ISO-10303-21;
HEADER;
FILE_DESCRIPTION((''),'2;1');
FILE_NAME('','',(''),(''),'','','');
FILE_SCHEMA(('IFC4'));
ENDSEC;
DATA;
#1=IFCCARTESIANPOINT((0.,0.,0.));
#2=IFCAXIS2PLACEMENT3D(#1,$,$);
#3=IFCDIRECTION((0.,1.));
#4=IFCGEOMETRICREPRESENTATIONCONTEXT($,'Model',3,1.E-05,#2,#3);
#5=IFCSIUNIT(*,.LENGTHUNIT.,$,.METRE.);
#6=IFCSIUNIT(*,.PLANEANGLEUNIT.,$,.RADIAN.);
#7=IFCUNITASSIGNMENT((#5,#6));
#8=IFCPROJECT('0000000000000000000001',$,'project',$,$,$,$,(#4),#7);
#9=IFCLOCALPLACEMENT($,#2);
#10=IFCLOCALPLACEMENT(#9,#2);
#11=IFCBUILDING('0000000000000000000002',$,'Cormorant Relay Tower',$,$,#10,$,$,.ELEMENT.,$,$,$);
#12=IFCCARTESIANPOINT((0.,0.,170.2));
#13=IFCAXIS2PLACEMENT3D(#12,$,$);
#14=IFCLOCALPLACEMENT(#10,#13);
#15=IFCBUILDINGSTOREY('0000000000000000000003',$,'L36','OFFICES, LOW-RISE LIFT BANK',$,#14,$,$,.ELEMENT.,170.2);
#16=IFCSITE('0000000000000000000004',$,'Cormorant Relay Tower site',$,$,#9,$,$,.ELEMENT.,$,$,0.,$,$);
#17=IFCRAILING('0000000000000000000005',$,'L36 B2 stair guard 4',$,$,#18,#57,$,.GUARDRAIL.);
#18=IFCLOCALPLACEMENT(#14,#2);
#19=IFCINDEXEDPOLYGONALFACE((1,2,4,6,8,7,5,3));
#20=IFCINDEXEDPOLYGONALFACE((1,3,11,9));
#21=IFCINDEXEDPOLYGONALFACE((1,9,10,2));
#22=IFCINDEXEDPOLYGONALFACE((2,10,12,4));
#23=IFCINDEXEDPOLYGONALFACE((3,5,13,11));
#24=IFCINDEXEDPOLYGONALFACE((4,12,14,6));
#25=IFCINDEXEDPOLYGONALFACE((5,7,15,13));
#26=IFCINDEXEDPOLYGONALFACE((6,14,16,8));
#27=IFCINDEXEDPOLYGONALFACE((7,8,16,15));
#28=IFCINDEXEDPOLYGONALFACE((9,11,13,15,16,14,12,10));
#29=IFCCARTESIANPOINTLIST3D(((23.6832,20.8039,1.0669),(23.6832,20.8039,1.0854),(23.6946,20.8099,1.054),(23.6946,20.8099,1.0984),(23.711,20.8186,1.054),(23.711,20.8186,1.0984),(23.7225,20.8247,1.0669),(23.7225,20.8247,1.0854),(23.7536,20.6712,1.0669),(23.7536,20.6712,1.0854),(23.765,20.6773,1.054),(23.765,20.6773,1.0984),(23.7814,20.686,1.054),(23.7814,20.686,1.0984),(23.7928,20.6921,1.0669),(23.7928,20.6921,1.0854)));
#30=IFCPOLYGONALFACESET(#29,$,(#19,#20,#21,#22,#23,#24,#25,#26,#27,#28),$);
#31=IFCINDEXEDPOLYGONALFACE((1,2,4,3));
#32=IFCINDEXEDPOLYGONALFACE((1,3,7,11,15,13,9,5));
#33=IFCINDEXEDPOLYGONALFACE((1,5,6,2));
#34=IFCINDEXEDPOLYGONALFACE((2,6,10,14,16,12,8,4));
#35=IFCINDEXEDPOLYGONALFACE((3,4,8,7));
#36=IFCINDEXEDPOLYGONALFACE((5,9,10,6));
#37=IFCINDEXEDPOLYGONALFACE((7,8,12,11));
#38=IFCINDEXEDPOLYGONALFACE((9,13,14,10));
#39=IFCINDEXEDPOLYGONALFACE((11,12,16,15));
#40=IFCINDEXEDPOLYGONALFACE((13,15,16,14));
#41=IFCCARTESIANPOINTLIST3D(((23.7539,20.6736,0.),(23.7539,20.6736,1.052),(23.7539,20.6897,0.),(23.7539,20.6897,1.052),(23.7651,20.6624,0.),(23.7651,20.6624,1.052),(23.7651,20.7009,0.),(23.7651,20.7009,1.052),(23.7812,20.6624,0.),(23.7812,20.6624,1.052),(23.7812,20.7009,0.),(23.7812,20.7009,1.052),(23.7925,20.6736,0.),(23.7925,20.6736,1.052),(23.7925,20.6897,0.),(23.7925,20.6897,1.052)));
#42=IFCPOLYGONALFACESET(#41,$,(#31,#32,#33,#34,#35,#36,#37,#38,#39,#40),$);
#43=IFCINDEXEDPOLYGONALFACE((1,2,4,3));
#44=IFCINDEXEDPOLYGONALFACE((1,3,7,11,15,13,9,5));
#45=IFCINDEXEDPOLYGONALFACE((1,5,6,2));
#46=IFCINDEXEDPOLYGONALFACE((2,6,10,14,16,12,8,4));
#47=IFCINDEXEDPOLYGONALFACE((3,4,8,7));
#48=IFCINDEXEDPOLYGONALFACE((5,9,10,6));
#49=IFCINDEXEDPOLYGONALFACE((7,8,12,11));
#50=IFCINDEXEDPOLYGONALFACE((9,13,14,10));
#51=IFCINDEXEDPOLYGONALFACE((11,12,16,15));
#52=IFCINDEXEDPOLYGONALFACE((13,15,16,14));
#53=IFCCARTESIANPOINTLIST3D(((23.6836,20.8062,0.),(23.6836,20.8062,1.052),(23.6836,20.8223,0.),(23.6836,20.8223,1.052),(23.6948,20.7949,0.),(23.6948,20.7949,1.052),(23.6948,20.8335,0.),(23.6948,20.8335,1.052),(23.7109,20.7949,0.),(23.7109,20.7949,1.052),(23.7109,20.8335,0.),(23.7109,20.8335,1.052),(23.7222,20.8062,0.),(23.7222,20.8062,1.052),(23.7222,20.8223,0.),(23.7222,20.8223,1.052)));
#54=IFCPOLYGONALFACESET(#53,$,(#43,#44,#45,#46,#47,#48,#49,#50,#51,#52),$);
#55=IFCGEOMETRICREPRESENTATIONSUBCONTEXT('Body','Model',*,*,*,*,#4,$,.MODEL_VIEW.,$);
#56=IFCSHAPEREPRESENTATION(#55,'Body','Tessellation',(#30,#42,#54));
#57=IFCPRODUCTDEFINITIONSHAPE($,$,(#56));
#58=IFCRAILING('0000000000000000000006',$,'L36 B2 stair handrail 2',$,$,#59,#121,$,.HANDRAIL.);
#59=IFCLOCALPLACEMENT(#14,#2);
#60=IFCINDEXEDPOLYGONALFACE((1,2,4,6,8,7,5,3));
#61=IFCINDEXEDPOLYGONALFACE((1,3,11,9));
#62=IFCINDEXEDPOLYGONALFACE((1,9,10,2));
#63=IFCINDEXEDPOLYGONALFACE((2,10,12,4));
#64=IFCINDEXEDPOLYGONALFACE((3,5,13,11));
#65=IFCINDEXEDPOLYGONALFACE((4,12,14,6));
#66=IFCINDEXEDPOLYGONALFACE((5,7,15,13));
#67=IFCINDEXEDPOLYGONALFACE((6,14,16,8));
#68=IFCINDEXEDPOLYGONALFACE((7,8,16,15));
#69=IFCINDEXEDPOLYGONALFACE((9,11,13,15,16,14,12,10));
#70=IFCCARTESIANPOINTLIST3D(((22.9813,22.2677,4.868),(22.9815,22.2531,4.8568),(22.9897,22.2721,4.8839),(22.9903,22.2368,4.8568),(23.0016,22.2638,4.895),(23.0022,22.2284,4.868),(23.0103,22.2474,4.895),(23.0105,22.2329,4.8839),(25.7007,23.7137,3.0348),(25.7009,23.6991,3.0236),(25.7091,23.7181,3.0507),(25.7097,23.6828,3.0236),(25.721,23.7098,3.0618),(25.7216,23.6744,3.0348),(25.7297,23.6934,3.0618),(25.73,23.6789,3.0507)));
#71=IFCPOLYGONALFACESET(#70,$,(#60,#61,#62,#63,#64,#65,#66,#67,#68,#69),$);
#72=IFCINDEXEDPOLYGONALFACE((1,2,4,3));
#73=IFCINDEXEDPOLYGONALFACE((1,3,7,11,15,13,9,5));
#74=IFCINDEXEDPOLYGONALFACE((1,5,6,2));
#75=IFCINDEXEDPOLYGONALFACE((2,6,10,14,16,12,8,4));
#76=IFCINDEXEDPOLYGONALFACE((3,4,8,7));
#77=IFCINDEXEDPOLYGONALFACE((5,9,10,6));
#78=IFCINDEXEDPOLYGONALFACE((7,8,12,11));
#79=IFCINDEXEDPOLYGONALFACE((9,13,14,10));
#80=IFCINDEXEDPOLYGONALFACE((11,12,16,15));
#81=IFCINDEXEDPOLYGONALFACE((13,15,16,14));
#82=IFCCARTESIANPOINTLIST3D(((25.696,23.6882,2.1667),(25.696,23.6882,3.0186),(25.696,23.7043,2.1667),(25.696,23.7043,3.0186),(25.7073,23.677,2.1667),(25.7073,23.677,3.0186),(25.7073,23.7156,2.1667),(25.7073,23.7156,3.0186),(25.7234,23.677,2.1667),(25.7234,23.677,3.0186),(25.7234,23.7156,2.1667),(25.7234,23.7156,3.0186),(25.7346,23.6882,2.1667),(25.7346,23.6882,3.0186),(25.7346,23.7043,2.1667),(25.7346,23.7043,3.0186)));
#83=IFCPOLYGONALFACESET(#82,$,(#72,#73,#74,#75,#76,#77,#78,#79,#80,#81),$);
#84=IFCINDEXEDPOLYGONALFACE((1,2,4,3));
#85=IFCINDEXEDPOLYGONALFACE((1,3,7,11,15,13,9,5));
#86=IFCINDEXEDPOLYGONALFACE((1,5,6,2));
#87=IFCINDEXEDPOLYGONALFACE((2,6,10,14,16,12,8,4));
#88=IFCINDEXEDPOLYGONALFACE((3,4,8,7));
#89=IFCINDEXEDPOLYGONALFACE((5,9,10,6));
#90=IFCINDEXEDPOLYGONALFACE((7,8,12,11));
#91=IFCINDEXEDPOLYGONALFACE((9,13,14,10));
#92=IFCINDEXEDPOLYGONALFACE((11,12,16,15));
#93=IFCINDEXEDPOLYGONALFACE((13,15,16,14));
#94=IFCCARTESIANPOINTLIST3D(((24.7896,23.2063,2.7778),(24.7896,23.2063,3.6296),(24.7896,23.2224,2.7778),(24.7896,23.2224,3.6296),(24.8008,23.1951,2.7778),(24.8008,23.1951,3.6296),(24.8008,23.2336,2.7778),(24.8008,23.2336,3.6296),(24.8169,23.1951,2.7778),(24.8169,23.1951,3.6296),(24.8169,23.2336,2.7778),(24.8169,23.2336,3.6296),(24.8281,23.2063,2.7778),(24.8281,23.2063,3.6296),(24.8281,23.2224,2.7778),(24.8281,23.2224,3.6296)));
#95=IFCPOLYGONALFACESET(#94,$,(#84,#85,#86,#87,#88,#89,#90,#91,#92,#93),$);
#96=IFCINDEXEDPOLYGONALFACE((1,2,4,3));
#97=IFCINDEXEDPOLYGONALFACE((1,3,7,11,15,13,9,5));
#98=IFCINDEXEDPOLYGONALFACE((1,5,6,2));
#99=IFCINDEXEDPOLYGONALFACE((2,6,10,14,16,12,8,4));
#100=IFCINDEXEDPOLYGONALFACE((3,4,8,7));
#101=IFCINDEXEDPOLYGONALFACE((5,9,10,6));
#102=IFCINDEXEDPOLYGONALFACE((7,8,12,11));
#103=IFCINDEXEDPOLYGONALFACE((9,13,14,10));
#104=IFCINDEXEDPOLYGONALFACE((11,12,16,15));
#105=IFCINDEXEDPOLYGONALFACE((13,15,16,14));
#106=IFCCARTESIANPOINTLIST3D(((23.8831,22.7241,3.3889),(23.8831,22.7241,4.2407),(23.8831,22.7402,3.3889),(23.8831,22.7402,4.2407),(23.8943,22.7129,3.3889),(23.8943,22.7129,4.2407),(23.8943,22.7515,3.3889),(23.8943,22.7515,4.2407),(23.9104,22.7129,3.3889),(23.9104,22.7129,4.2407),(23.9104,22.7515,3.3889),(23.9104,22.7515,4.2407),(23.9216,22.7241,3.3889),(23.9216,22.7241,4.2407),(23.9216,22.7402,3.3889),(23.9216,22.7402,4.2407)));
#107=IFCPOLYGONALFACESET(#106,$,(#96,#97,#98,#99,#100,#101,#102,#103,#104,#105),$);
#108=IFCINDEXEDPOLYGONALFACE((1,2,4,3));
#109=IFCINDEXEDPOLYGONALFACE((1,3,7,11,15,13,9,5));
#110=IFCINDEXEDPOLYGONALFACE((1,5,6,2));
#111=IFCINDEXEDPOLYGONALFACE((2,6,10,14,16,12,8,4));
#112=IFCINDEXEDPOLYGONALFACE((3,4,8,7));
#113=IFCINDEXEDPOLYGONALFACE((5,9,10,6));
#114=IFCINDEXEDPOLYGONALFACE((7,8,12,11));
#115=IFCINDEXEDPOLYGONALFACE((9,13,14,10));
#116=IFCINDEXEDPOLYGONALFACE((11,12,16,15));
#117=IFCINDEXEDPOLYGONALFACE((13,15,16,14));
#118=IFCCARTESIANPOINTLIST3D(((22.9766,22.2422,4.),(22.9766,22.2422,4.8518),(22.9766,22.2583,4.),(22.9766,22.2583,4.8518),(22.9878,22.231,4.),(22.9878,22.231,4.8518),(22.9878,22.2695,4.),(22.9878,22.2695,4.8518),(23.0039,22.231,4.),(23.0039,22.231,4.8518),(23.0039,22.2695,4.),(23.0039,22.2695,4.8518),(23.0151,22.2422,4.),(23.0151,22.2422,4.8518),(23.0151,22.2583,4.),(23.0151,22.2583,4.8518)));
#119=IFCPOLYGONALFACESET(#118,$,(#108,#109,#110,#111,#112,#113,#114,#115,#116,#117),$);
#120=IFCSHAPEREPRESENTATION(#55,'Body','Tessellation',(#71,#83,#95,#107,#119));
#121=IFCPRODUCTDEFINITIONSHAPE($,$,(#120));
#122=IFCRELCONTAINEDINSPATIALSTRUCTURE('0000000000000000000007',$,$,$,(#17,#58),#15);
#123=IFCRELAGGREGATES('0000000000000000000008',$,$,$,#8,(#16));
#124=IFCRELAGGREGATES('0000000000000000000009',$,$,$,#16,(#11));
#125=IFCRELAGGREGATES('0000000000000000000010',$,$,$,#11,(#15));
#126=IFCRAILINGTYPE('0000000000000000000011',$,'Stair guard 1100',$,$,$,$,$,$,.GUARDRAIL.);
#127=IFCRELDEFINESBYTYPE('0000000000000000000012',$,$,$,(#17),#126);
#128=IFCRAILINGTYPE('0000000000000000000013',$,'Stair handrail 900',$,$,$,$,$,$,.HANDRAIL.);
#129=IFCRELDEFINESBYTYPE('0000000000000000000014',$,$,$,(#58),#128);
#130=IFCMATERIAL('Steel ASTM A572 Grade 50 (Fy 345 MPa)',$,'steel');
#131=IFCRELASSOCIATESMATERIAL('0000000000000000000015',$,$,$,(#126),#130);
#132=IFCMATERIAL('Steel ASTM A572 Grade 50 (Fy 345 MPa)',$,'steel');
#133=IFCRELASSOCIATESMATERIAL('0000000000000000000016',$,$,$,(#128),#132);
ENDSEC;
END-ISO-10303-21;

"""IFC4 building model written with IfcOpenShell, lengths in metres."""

from ifc_helpers import new_model, si_unit, direction, frame, origin, place, context, subcontext, project, spatial, polyline, outline, extrude, material, type_object, element, save


model = new_model("IFC4")

# Units and contexts
model_context = context("Model", 3, precision=1e-05, world=origin(), true_north=direction((0.0, 1.0)))
body_context = subcontext(model_context, "Body", "Model", "MODEL_VIEW")
ifc_project = project(units=[si_unit("LENGTHUNIT", "METRE"), si_unit("PLANEANGLEUNIT", "RADIAN")], contexts=[model_context])

# Site, building, storey
site_placement = place(None, origin())
site = spatial("IfcSite", under=ifc_project, at=site_placement, Name="Cormorant Relay Tower site", CompositionType="ELEMENT", RefElevation=0.0)
building_placement = place(site_placement, origin())
building = spatial("IfcBuilding", under=site, at=building_placement, Name="Cormorant Relay Tower", CompositionType="ELEMENT")
storey_placement = place(building_placement, frame((0.0, 0.0, 170.2)))
storey = spatial("IfcBuildingStorey", under=building, at=storey_placement, Name="L36", Description="OFFICES, LOW-RISE LIFT BANK", CompositionType="ELEMENT", Elevation=170.2)

# Railings
ifc_material_1 = material(Name="Steel ASTM A572 Grade 50 (Fy 345 MPa)", Category="steel")
railing_type_1 = type_object("IfcRailingType", Name="Stair guard 1100", PredefinedType="GUARDRAIL", material=ifc_material_1)
railing_1_placement = place(storey_placement, frame((23.7732, 20.6816, 0.0)))
element("IfcRailing", 1, at=railing_1_placement, inside=storey, type_object=railing_type_1, Name="L36 B2 stair guard 4", PredefinedType="GUARDRAIL", context=body_context, shape_type="SweptSolid", body=[
    extrude(outline(polyline([(0.0222, 0.0093), (0.0093, 0.0222), (-0.0093, 0.0222), (-0.0222, 0.0093), (-0.0222, -0.0093), (-0.0093, -0.0222), (0.0093, -0.0222), (0.0222, -0.0093), (0.0222, 0.0093)])), frame((0.0, 0.0, 1.0762), z_axis=(-0.46856, 0.883431, 0.0), x_axis=(-0.883431, -0.46856, 0.0)), (0.0, 0.0, 1.0), 0.1501),
    extrude(outline(polyline([(0.0193, 0.0081), (0.0081, 0.0193), (-0.0081, 0.0193), (-0.0193, 0.0081), (-0.0193, -0.0081), (-0.0081, -0.0193), (0.0081, -0.0193), (0.0193, -0.0081), (0.0193, 0.0081)])), origin(), (0.0, 0.0, 1.0), 1.052),
    extrude(outline(polyline([(0.0193, 0.0081), (0.0081, 0.0193), (-0.0081, 0.0193), (-0.0193, 0.0081), (-0.0193, -0.0081), (-0.0081, -0.0193), (0.0081, -0.0193), (0.0193, -0.0081), (0.0193, 0.0081)])), frame((-0.0703, 0.1326, 0.0)), (0.0, 0.0, 1.0), 1.052),
])
ifc_material_2 = material(Name="Steel ASTM A572 Grade 50 (Fy 345 MPa)", Category="steel")
railing_type_2 = type_object("IfcRailingType", Name="Stair handrail 900", PredefinedType="HANDRAIL", material=ifc_material_2)
railing_2_placement = place(storey_placement, frame((25.7153, 23.6963, 2.1667)))
element("IfcRailing", 2, at=railing_2_placement, inside=storey, type_object=railing_type_2, Name="L36 B2 stair handrail 2", PredefinedType="HANDRAIL", context=body_context, shape_type="SweptSolid", body=[
    extrude(outline(polyline([(0.0222, 0.0093), (0.0093, 0.0222), (-0.0093, 0.0222), (-0.0222, 0.0093), (-0.0222, -0.0093), (-0.0093, -0.0222), (0.0093, -0.0222), (0.0222, -0.0093), (0.0222, 0.0093)])), frame((0.0, 0.0, 0.876), z_axis=(-0.758714, -0.403435, 0.511463), x_axis=(0.469489, -0.882938, 0.0)), (0.0, 0.0, 1.0), 3.5842),
    extrude(outline(polyline([(0.0193, 0.0081), (0.0081, 0.0193), (-0.0081, 0.0193), (-0.0193, 0.0081), (-0.0193, -0.0081), (-0.0081, -0.0193), (0.0081, -0.0193), (0.0193, -0.0081), (0.0193, 0.0081)])), origin(), (0.0, 0.0, 1.0), 0.8518),
    extrude(outline(polyline([(0.0193, 0.0081), (0.0081, 0.0193), (-0.0081, 0.0193), (-0.0193, 0.0081), (-0.0193, -0.0081), (-0.0081, -0.0193), (0.0081, -0.0193), (0.0193, -0.0081), (0.0193, 0.0081)])), frame((-0.9065, -0.4819, 0.6111)), (0.0, 0.0, 1.0), 0.8518),
    extrude(outline(polyline([(0.0193, 0.0081), (0.0081, 0.0193), (-0.0081, 0.0193), (-0.0193, 0.0081), (-0.0193, -0.0081), (-0.0081, -0.0193), (0.0081, -0.0193), (0.0193, -0.0081), (0.0193, 0.0081)])), frame((-1.813, -0.9641, 1.2222)), (0.0, 0.0, 1.0), 0.8518),
    extrude(outline(polyline([(0.0193, 0.0081), (0.0081, 0.0193), (-0.0081, 0.0193), (-0.0193, 0.0081), (-0.0193, -0.0081), (-0.0081, -0.0193), (0.0081, -0.0193), (0.0193, -0.0081), (0.0193, 0.0081)])), frame((-2.7195, -1.446, 1.8333)), (0.0, 0.0, 1.0), 0.8518),
])

save(model, "model.ifc")
